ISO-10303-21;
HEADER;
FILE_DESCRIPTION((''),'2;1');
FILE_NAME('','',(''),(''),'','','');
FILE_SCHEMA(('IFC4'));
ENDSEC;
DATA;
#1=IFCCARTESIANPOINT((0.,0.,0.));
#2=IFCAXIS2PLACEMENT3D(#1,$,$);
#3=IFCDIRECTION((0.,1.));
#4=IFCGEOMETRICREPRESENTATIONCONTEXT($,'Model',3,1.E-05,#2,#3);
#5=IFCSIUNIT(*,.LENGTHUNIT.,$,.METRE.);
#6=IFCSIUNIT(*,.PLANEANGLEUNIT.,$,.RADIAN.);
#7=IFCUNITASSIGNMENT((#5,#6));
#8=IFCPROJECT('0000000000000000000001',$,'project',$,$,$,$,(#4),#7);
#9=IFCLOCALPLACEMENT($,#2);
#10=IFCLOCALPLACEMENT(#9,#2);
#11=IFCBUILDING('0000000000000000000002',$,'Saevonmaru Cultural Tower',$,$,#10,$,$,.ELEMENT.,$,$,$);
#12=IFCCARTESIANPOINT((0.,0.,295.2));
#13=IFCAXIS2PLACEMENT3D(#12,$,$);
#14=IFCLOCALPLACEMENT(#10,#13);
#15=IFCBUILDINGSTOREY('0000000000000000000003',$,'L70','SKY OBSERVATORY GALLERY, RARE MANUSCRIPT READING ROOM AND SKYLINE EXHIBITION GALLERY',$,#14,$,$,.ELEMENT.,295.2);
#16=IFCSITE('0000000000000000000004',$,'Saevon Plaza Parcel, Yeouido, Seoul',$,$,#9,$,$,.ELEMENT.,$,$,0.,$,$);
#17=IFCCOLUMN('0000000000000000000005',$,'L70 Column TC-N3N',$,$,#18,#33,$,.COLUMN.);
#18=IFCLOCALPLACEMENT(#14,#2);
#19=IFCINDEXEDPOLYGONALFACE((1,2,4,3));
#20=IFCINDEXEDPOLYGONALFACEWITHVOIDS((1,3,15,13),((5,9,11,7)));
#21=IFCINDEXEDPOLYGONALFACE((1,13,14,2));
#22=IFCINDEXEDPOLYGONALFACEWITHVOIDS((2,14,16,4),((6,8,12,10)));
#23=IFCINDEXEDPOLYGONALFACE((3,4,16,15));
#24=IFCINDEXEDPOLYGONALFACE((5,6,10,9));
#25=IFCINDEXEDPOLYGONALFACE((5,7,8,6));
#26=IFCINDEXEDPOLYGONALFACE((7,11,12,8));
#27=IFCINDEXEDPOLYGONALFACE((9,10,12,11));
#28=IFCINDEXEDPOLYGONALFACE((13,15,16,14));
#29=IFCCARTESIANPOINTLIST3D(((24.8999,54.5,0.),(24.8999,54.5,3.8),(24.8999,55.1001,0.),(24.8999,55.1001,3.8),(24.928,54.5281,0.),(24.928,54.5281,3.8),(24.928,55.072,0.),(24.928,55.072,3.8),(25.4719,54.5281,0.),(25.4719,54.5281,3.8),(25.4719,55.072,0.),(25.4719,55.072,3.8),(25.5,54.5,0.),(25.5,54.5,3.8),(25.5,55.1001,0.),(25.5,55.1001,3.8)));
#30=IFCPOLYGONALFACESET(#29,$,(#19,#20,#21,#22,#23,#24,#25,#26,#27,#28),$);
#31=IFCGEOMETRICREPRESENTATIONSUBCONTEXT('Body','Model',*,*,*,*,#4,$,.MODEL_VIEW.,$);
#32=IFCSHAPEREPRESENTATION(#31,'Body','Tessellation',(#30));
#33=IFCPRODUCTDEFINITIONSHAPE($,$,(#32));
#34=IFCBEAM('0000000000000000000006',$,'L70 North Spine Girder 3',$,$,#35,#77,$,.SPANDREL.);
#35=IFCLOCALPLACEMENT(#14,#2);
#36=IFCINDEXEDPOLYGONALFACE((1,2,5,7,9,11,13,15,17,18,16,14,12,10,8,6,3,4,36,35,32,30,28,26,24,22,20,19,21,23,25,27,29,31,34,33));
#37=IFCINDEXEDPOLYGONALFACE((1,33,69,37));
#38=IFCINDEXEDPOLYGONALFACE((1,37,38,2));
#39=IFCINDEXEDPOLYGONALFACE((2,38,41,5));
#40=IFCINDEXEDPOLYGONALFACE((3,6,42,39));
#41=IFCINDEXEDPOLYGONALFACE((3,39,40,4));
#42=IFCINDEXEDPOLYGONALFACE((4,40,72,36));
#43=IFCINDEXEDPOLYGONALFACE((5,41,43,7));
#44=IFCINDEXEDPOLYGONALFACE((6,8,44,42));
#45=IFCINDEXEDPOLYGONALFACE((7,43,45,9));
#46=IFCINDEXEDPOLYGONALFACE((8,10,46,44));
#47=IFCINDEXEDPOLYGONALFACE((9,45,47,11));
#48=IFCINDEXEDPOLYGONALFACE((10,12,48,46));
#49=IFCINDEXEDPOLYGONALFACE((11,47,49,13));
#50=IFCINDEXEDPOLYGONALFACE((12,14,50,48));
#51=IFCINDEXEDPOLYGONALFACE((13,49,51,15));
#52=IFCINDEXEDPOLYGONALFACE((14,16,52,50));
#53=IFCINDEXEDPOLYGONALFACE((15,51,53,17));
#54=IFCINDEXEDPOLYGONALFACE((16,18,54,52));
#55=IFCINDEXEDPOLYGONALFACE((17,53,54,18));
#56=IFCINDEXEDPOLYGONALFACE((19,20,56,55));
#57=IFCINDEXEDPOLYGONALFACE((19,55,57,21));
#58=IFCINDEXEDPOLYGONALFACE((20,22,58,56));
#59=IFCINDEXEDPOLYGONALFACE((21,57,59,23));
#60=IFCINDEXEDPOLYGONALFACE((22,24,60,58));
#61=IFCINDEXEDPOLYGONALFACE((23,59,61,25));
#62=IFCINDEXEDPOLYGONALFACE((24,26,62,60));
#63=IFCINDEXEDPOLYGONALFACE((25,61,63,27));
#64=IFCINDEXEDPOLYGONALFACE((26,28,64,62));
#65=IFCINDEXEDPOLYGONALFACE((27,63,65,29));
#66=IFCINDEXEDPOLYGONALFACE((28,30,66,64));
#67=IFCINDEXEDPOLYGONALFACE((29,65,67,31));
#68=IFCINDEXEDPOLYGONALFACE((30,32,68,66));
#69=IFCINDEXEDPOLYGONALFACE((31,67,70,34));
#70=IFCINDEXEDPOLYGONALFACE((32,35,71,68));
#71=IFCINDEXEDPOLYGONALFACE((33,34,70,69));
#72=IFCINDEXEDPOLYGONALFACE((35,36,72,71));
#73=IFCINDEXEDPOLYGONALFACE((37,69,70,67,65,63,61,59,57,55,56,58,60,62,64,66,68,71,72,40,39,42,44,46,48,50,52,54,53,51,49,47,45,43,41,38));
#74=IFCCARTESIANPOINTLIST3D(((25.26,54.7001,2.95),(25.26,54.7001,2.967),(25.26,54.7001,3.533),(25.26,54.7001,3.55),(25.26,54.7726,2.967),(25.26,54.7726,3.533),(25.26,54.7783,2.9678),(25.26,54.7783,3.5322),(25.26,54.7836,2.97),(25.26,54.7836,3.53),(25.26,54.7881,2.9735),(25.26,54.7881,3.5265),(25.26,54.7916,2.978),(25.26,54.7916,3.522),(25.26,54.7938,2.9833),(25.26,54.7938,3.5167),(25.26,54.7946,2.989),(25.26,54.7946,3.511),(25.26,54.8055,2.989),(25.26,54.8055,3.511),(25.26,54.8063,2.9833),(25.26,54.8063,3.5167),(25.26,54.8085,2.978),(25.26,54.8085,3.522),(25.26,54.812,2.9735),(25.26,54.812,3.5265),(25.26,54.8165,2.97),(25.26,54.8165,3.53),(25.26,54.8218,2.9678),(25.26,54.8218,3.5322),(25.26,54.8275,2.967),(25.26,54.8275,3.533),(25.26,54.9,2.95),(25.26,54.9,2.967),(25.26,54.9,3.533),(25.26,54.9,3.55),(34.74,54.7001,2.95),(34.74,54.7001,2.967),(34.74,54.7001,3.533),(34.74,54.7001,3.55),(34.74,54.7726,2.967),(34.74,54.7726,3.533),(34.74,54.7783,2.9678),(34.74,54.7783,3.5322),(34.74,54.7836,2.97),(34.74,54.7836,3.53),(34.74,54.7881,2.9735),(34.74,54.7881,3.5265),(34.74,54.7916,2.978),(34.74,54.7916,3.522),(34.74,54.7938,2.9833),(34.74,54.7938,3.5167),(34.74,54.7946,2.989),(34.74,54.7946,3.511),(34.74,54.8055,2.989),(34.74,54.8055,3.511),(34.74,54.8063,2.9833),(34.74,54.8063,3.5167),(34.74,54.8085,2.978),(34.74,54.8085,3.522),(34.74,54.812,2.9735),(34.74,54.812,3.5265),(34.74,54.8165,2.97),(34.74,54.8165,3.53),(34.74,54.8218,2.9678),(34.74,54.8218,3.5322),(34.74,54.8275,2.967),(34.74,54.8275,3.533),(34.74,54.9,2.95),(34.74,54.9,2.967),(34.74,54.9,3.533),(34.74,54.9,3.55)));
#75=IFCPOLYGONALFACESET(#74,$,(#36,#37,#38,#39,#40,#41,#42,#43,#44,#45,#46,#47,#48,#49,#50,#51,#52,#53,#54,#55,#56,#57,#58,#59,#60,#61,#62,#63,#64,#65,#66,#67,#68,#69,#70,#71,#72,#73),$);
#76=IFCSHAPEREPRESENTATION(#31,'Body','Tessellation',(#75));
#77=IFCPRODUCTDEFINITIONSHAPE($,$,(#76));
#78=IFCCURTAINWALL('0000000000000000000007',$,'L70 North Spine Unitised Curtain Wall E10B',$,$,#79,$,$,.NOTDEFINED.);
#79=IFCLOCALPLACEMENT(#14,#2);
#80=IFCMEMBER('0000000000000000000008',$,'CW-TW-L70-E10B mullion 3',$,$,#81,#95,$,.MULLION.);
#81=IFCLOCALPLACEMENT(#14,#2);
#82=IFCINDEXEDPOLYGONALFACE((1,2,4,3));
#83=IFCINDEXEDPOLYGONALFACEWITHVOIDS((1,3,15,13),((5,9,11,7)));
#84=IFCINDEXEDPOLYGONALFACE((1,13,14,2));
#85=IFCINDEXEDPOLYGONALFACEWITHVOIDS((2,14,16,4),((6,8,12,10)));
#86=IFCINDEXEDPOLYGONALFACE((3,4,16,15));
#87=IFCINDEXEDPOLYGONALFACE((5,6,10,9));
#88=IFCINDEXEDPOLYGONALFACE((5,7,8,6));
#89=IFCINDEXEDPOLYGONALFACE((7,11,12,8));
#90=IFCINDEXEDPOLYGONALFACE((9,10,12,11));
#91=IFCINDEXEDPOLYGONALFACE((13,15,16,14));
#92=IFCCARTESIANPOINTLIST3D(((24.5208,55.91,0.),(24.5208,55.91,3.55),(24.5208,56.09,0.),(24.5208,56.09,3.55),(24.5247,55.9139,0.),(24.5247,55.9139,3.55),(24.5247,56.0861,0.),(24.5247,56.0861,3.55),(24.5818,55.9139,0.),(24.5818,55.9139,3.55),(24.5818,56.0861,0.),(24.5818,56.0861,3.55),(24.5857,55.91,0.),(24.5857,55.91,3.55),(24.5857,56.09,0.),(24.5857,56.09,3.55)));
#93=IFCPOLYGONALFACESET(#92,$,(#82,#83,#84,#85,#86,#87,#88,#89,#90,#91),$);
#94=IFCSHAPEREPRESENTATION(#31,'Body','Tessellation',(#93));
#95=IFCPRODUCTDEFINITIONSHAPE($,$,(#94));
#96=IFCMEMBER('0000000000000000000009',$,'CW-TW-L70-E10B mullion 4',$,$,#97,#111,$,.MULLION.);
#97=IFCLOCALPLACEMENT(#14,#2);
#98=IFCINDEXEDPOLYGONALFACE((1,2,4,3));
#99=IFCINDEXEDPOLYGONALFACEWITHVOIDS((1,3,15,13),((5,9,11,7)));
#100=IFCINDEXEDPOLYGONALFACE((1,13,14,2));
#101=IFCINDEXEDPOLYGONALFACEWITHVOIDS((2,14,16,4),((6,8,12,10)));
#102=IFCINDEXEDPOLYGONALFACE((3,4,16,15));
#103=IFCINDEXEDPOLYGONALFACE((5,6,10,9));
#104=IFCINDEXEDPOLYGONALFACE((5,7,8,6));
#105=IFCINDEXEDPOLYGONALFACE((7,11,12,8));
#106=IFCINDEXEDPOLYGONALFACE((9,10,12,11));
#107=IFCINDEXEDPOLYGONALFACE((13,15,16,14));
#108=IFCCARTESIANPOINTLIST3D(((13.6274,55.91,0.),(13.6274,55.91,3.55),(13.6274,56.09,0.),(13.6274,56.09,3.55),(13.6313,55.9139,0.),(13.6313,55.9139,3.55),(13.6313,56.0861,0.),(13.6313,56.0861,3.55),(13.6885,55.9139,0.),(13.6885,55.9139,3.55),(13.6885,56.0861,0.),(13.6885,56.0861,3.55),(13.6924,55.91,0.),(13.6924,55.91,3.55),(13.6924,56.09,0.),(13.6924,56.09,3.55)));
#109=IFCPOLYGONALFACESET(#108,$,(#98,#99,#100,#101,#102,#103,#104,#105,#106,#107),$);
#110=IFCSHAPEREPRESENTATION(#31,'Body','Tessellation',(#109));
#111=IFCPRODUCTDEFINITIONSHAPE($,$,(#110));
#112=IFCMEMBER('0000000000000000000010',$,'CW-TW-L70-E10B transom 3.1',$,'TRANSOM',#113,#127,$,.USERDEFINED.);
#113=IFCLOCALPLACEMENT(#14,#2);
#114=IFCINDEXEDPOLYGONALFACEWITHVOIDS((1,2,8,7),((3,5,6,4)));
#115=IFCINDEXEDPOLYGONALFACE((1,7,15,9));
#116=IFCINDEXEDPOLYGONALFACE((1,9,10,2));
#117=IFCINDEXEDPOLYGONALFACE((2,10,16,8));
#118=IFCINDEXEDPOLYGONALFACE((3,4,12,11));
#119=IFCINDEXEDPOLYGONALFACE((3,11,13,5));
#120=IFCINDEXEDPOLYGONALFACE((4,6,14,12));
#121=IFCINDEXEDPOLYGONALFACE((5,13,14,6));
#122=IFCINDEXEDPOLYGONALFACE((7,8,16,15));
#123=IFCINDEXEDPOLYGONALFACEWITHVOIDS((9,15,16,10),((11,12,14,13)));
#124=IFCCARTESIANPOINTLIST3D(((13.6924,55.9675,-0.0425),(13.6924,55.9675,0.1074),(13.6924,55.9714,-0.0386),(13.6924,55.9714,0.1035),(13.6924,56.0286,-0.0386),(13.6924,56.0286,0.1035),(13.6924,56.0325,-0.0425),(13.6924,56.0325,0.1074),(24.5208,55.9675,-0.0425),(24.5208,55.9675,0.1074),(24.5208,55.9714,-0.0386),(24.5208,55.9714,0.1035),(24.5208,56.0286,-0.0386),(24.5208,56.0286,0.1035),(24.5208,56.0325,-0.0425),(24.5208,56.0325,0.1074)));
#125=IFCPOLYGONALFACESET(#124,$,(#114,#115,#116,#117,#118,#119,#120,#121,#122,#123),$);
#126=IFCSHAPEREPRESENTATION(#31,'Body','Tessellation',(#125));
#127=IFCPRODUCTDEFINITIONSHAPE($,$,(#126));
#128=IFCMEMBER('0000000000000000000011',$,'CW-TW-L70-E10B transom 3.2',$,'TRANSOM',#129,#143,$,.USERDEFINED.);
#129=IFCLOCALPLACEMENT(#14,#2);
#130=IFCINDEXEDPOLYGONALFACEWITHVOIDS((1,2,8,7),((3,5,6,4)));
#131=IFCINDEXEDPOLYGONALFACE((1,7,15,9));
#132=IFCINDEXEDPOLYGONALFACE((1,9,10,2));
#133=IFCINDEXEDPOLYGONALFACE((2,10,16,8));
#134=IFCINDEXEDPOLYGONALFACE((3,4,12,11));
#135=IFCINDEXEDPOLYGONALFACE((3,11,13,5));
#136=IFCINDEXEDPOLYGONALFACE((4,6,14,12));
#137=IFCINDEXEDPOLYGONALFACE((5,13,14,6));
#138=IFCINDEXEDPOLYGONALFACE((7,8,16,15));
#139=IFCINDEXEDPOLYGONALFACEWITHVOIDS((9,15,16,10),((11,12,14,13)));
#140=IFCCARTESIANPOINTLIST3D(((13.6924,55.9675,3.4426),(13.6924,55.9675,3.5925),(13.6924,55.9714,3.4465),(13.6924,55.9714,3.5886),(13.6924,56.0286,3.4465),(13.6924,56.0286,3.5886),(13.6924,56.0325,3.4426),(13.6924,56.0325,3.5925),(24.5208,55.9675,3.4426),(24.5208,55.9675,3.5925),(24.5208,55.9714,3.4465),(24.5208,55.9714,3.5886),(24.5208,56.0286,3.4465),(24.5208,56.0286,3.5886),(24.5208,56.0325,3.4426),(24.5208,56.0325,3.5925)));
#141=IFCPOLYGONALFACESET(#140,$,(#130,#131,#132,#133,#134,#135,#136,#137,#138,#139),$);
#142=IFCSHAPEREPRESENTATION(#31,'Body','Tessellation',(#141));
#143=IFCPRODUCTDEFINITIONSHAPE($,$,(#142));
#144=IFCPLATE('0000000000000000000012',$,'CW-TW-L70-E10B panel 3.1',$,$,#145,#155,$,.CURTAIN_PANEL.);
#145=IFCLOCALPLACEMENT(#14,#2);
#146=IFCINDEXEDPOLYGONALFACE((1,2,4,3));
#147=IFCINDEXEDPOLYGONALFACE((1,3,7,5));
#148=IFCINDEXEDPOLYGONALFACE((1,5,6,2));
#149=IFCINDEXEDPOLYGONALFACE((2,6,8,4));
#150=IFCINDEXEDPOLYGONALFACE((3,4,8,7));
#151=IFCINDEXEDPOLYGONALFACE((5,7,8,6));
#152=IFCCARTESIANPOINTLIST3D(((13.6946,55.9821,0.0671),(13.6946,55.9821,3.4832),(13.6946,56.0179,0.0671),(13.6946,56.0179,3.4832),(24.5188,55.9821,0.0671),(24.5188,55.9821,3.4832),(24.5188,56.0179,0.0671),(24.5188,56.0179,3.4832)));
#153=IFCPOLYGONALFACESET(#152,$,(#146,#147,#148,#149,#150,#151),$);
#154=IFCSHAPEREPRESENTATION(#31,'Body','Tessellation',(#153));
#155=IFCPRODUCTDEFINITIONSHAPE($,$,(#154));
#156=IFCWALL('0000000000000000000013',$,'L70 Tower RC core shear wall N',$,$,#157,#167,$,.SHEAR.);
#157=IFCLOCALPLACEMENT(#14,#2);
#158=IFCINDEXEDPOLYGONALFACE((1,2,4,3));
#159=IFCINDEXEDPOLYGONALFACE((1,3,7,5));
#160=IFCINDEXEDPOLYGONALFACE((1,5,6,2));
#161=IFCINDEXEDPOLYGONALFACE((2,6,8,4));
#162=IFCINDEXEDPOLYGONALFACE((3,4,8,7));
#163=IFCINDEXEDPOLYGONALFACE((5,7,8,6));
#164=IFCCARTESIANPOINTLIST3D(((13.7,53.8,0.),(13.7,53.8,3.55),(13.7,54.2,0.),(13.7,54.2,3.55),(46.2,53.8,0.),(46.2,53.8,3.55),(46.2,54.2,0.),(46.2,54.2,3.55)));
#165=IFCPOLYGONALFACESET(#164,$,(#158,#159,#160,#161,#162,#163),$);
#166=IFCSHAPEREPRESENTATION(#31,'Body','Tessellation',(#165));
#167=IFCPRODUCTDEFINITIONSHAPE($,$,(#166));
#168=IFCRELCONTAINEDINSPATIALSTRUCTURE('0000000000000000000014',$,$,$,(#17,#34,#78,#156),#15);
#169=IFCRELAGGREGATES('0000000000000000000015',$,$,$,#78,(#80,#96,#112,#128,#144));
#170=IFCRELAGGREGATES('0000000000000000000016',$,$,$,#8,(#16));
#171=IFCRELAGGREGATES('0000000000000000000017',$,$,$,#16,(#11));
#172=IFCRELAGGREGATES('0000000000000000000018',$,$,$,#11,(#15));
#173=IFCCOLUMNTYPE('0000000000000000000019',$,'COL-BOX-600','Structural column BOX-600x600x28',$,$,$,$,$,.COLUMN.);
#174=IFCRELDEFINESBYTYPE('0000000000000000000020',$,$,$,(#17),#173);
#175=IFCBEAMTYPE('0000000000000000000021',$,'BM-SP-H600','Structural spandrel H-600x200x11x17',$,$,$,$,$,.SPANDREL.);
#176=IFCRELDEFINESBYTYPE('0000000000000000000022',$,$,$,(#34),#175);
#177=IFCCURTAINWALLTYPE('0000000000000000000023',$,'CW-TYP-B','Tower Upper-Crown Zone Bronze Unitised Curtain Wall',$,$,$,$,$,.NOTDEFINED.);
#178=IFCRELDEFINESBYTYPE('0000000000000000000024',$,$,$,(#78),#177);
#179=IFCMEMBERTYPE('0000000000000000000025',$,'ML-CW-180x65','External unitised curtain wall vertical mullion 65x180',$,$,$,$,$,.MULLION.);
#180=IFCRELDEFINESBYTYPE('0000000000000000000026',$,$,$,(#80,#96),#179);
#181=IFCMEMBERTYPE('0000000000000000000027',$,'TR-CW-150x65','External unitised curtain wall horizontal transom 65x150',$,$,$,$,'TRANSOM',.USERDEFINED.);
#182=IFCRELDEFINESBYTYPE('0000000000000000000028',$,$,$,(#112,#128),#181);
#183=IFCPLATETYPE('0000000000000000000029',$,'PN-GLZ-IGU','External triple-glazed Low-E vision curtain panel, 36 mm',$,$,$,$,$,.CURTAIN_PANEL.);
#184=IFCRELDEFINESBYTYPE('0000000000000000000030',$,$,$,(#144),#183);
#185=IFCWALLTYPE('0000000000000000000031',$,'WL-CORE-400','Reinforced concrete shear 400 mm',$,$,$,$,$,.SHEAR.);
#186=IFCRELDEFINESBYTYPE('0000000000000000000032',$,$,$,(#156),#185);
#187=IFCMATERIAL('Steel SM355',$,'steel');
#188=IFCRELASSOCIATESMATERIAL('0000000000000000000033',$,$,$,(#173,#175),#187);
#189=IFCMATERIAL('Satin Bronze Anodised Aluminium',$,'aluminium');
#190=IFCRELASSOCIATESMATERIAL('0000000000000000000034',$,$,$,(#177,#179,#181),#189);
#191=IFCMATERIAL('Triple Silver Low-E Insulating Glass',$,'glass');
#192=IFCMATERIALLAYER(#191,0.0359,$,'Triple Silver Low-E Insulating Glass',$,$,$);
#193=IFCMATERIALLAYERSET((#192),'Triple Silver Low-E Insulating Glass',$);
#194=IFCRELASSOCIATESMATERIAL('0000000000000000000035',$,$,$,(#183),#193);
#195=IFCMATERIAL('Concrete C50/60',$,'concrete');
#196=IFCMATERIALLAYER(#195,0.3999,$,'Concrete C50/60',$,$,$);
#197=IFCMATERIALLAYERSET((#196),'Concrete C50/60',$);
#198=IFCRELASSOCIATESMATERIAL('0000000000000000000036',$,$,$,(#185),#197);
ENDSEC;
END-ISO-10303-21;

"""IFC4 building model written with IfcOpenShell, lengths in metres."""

from ifc_helpers import new_model, si_unit, direction, frame, frame_2d, origin, origin_2d, place, context, subcontext, project, spatial, rectangle, hollow_rectangle, i_section, extrude, material, layer, layer_set, material_profile, profile_set, type_object, element, aggregate, save


model = new_model("IFC4")

# Units and contexts
model_context = context("Model", 3, precision=1e-05, world=origin(), true_north=direction((0.0, 1.0)))
body_context = subcontext(model_context, "Body", "Model", "MODEL_VIEW")
ifc_project = project(units=[si_unit("LENGTHUNIT", "METRE"), si_unit("PLANEANGLEUNIT", "RADIAN")], contexts=[model_context])

# Site, building, storey
site_placement = place(None, origin())
site = spatial("IfcSite", under=ifc_project, at=site_placement, Name="Saevon Plaza Parcel, Yeouido, Seoul", CompositionType="ELEMENT", RefElevation=0.0)
building_placement = place(site_placement, origin())
building = spatial("IfcBuilding", under=site, at=building_placement, Name="Saevonmaru Cultural Tower", CompositionType="ELEMENT")
storey_placement = place(building_placement, frame((0.0, 0.0, 295.2)))
storey = spatial("IfcBuildingStorey", under=building, at=storey_placement, Name="L70", Description="SKY OBSERVATORY GALLERY, RARE MANUSCRIPT READING ROOM AND SKYLINE EXHIBITION GALLERY", CompositionType="ELEMENT", Elevation=295.2)

# Column
ifc_material_1 = material(Name="Steel SM355", Category="steel")
ifc_material_profile_1 = material_profile(ifc_material_1, hollow_rectangle(XDim=0.6001, YDim=0.6001, WallThickness=0.0281, at=origin_2d()), Name="BOX-600x600x28")
ifc_profile_set_1 = profile_set([ifc_material_profile_1], Name="Steel SM355")
column_type = type_object("IfcColumnType", Name="COL-BOX-600", Description="Structural column BOX-600x600x28", PredefinedType="COLUMN", material=ifc_profile_set_1)
column_placement = place(storey_placement, frame((25.2, 54.8, 0.0), z_axis=(0.0, 0.0, 1.0), x_axis=(1.0, 0.0, 0.0)))
element("IfcColumn", 1, at=column_placement, inside=storey, type_object=column_type, Name="L70 Column TC-N3N", PredefinedType="COLUMN", context=body_context, shape_type="SweptSolid", body=[
    extrude(hollow_rectangle(XDim=0.6001, YDim=0.6001, WallThickness=0.0281, at=origin_2d()), origin(), (0.0, 0.0, 1.0), 3.8),
])

# Beam
ifc_material_profile_2 = material_profile(ifc_material_1, i_section(OverallWidth=0.2, OverallDepth=0.6001, WebThickness=0.011, FlangeThickness=0.0171, FilletRadius=0.022, at=origin_2d()), Name="H-600x200x11x17")
ifc_profile_set_2 = profile_set([ifc_material_profile_2], Name="Steel SM355")
beam_type = type_object("IfcBeamType", Name="BM-SP-H600", Description="Structural spandrel H-600x200x11x17", PredefinedType="SPANDREL", material=ifc_profile_set_2)
beam_placement = place(storey_placement, frame((25.26, 54.8, 3.25), z_axis=(1.0, 0.0, 0.0), x_axis=(0.0, 1.0, 0.0)))
element("IfcBeam", 2, at=beam_placement, inside=storey, type_object=beam_type, Name="L70 North Spine Girder 3", PredefinedType="SPANDREL", context=body_context, shape_type="SweptSolid", body=[
    extrude(i_section(OverallWidth=0.2, OverallDepth=0.6001, WebThickness=0.011, FlangeThickness=0.0171, FilletRadius=0.022, at=origin_2d()), origin(), (0.0, 0.0, 1.0), 9.48),
])

# Curtain wall, members, plate
ifc_material_2 = material(Name="Satin Bronze Anodised Aluminium", Category="aluminium")
curtain_wall_type = type_object("IfcCurtainWallType", Name="CW-TYP-B", Description="Tower Upper-Crown Zone Bronze Unitised Curtain Wall", PredefinedType="NOTDEFINED", material=ifc_material_2)
curtain_wall_placement = place(storey_placement, origin())
curtain_wall = element("IfcCurtainWall", 3, at=curtain_wall_placement, inside=storey, type_object=curtain_wall_type, Name="L70 North Spine Unitised Curtain Wall E10B", PredefinedType="NOTDEFINED")
ifc_material_profile_3 = material_profile(ifc_material_2, hollow_rectangle(XDim=0.0649, YDim=0.1799, WallThickness=0.0039, at=origin_2d()), Name="ALU-MULL-180x65x4")
ifc_profile_set_3 = profile_set([ifc_material_profile_3], Name="Satin Bronze Anodised Aluminium")
member_type_1 = type_object("IfcMemberType", Name="ML-CW-180x65", Description="External unitised curtain wall vertical mullion 65x180", PredefinedType="MULLION", material=ifc_profile_set_3)
member_1_placement = place(storey_placement, frame((24.5532, 56.0, 0.0), z_axis=(0.0, 0.0, 1.0), x_axis=(-1.0, 0.0, 0.0)))
member_1 = element("IfcMember", 4, at=member_1_placement, type_object=member_type_1, Name="CW-TW-L70-E10B mullion 3", PredefinedType="MULLION", context=body_context, shape_type="SweptSolid", body=[
    extrude(hollow_rectangle(XDim=0.0649, YDim=0.1799, WallThickness=0.0039, at=origin_2d()), origin(), (0.0, 0.0, 1.0), 3.55),
])
member_2_placement = place(storey_placement, frame((13.6599, 56.0, 0.0), z_axis=(0.0, 0.0, 1.0), x_axis=(-1.0, 0.0, 0.0)))
member_2 = element("IfcMember", 5, at=member_2_placement, type_object=member_type_1, Name="CW-TW-L70-E10B mullion 4", PredefinedType="MULLION", context=body_context, shape_type="SweptSolid", body=[
    extrude(hollow_rectangle(XDim=0.0649, YDim=0.1799, WallThickness=0.0039, at=origin_2d()), origin(), (0.0, 0.0, 1.0), 3.55),
])
ifc_material_profile_4 = material_profile(ifc_material_2, hollow_rectangle(XDim=0.0649, YDim=0.1499, WallThickness=0.0039, at=origin_2d()), Name="ALU-TRAN-150x65x4")
ifc_profile_set_4 = profile_set([ifc_material_profile_4], Name="Satin Bronze Anodised Aluminium")
member_type_2 = type_object("IfcMemberType", Name="TR-CW-150x65", Description="External unitised curtain wall horizontal transom 65x150", ElementType="TRANSOM", PredefinedType="USERDEFINED", material=ifc_profile_set_4)
member_3_placement = place(storey_placement, frame((24.5208, 56.0, 0.0325), z_axis=(-1.0, 0.0, 0.0), x_axis=(0.0, -1.0, 0.0)))
member_3 = element("IfcMember", 6, at=member_3_placement, type_object=member_type_2, Name="CW-TW-L70-E10B transom 3.1", ObjectType="TRANSOM", PredefinedType="USERDEFINED", context=body_context, shape_type="SweptSolid", body=[
    extrude(hollow_rectangle(XDim=0.0649, YDim=0.1499, WallThickness=0.0039, at=origin_2d()), origin(), (0.0, 0.0, 1.0), 10.8284),
])
member_4_placement = place(storey_placement, frame((24.5208, 56.0, 3.5176), z_axis=(-1.0, 0.0, 0.0), x_axis=(0.0, -1.0, 0.0)))
member_4 = element("IfcMember", 7, at=member_4_placement, type_object=member_type_2, Name="CW-TW-L70-E10B transom 3.2", ObjectType="TRANSOM", PredefinedType="USERDEFINED", context=body_context, shape_type="SweptSolid", body=[
    extrude(hollow_rectangle(XDim=0.0649, YDim=0.1499, WallThickness=0.0039, at=origin_2d()), origin(), (0.0, 0.0, 1.0), 10.8284),
])
ifc_material_3 = material(Name="Triple Silver Low-E Insulating Glass", Category="glass")
ifc_layer_1 = layer(ifc_material_3, 0.0359, Name="Triple Silver Low-E Insulating Glass")
ifc_layer_set_1 = layer_set([ifc_layer_1], Name="Triple Silver Low-E Insulating Glass")
plate_type = type_object("IfcPlateType", Name="PN-GLZ-IGU", Description="External triple-glazed Low-E vision curtain panel, 36 mm", PredefinedType="CURTAIN_PANEL", material=ifc_layer_set_1)
plate_placement = place(storey_placement, frame((19.1067, 56.0, 0.0671), z_axis=(0.0, 0.0, 1.0), x_axis=(-1.0, 0.0, 0.0)))
plate = element("IfcPlate", 8, at=plate_placement, type_object=plate_type, Name="CW-TW-L70-E10B panel 3.1", PredefinedType="CURTAIN_PANEL", context=body_context, shape_type="SweptSolid", body=[
    extrude(rectangle(XDim=10.8242, YDim=0.0359, at=origin_2d()), origin(), (0.0, 0.0, 1.0), 3.416),
])
aggregate(curtain_wall, [member_1, member_2, member_3, member_4, plate])

# Wall
ifc_material_4 = material(Name="Concrete C50/60", Category="concrete")
ifc_layer_2 = layer(ifc_material_4, 0.3999, Name="Concrete C50/60")
ifc_layer_set_2 = layer_set([ifc_layer_2], Name="Concrete C50/60")
wall_type_1 = type_object("IfcWallType", Name="WL-CORE-400", Description="Reinforced concrete shear 400 mm", PredefinedType="SHEAR", material=ifc_layer_set_2)
wall_1_placement = place(storey_placement, frame((13.7, 54.0, 0.0), z_axis=(0.0, 0.0, 1.0), x_axis=(1.0, 0.0, 0.0)))
element("IfcWall", 9, at=wall_1_placement, inside=storey, type_object=wall_type_1, Name="L70 Tower RC core shear wall N", PredefinedType="SHEAR", context=body_context, shape_type="SweptSolid", body=[
    extrude(rectangle(XDim=32.5, YDim=0.3999, at=frame_2d((16.25, 0.0))), origin(), (0.0, 0.0, 1.0), 3.55),
])

save(model, "model.ifc")
